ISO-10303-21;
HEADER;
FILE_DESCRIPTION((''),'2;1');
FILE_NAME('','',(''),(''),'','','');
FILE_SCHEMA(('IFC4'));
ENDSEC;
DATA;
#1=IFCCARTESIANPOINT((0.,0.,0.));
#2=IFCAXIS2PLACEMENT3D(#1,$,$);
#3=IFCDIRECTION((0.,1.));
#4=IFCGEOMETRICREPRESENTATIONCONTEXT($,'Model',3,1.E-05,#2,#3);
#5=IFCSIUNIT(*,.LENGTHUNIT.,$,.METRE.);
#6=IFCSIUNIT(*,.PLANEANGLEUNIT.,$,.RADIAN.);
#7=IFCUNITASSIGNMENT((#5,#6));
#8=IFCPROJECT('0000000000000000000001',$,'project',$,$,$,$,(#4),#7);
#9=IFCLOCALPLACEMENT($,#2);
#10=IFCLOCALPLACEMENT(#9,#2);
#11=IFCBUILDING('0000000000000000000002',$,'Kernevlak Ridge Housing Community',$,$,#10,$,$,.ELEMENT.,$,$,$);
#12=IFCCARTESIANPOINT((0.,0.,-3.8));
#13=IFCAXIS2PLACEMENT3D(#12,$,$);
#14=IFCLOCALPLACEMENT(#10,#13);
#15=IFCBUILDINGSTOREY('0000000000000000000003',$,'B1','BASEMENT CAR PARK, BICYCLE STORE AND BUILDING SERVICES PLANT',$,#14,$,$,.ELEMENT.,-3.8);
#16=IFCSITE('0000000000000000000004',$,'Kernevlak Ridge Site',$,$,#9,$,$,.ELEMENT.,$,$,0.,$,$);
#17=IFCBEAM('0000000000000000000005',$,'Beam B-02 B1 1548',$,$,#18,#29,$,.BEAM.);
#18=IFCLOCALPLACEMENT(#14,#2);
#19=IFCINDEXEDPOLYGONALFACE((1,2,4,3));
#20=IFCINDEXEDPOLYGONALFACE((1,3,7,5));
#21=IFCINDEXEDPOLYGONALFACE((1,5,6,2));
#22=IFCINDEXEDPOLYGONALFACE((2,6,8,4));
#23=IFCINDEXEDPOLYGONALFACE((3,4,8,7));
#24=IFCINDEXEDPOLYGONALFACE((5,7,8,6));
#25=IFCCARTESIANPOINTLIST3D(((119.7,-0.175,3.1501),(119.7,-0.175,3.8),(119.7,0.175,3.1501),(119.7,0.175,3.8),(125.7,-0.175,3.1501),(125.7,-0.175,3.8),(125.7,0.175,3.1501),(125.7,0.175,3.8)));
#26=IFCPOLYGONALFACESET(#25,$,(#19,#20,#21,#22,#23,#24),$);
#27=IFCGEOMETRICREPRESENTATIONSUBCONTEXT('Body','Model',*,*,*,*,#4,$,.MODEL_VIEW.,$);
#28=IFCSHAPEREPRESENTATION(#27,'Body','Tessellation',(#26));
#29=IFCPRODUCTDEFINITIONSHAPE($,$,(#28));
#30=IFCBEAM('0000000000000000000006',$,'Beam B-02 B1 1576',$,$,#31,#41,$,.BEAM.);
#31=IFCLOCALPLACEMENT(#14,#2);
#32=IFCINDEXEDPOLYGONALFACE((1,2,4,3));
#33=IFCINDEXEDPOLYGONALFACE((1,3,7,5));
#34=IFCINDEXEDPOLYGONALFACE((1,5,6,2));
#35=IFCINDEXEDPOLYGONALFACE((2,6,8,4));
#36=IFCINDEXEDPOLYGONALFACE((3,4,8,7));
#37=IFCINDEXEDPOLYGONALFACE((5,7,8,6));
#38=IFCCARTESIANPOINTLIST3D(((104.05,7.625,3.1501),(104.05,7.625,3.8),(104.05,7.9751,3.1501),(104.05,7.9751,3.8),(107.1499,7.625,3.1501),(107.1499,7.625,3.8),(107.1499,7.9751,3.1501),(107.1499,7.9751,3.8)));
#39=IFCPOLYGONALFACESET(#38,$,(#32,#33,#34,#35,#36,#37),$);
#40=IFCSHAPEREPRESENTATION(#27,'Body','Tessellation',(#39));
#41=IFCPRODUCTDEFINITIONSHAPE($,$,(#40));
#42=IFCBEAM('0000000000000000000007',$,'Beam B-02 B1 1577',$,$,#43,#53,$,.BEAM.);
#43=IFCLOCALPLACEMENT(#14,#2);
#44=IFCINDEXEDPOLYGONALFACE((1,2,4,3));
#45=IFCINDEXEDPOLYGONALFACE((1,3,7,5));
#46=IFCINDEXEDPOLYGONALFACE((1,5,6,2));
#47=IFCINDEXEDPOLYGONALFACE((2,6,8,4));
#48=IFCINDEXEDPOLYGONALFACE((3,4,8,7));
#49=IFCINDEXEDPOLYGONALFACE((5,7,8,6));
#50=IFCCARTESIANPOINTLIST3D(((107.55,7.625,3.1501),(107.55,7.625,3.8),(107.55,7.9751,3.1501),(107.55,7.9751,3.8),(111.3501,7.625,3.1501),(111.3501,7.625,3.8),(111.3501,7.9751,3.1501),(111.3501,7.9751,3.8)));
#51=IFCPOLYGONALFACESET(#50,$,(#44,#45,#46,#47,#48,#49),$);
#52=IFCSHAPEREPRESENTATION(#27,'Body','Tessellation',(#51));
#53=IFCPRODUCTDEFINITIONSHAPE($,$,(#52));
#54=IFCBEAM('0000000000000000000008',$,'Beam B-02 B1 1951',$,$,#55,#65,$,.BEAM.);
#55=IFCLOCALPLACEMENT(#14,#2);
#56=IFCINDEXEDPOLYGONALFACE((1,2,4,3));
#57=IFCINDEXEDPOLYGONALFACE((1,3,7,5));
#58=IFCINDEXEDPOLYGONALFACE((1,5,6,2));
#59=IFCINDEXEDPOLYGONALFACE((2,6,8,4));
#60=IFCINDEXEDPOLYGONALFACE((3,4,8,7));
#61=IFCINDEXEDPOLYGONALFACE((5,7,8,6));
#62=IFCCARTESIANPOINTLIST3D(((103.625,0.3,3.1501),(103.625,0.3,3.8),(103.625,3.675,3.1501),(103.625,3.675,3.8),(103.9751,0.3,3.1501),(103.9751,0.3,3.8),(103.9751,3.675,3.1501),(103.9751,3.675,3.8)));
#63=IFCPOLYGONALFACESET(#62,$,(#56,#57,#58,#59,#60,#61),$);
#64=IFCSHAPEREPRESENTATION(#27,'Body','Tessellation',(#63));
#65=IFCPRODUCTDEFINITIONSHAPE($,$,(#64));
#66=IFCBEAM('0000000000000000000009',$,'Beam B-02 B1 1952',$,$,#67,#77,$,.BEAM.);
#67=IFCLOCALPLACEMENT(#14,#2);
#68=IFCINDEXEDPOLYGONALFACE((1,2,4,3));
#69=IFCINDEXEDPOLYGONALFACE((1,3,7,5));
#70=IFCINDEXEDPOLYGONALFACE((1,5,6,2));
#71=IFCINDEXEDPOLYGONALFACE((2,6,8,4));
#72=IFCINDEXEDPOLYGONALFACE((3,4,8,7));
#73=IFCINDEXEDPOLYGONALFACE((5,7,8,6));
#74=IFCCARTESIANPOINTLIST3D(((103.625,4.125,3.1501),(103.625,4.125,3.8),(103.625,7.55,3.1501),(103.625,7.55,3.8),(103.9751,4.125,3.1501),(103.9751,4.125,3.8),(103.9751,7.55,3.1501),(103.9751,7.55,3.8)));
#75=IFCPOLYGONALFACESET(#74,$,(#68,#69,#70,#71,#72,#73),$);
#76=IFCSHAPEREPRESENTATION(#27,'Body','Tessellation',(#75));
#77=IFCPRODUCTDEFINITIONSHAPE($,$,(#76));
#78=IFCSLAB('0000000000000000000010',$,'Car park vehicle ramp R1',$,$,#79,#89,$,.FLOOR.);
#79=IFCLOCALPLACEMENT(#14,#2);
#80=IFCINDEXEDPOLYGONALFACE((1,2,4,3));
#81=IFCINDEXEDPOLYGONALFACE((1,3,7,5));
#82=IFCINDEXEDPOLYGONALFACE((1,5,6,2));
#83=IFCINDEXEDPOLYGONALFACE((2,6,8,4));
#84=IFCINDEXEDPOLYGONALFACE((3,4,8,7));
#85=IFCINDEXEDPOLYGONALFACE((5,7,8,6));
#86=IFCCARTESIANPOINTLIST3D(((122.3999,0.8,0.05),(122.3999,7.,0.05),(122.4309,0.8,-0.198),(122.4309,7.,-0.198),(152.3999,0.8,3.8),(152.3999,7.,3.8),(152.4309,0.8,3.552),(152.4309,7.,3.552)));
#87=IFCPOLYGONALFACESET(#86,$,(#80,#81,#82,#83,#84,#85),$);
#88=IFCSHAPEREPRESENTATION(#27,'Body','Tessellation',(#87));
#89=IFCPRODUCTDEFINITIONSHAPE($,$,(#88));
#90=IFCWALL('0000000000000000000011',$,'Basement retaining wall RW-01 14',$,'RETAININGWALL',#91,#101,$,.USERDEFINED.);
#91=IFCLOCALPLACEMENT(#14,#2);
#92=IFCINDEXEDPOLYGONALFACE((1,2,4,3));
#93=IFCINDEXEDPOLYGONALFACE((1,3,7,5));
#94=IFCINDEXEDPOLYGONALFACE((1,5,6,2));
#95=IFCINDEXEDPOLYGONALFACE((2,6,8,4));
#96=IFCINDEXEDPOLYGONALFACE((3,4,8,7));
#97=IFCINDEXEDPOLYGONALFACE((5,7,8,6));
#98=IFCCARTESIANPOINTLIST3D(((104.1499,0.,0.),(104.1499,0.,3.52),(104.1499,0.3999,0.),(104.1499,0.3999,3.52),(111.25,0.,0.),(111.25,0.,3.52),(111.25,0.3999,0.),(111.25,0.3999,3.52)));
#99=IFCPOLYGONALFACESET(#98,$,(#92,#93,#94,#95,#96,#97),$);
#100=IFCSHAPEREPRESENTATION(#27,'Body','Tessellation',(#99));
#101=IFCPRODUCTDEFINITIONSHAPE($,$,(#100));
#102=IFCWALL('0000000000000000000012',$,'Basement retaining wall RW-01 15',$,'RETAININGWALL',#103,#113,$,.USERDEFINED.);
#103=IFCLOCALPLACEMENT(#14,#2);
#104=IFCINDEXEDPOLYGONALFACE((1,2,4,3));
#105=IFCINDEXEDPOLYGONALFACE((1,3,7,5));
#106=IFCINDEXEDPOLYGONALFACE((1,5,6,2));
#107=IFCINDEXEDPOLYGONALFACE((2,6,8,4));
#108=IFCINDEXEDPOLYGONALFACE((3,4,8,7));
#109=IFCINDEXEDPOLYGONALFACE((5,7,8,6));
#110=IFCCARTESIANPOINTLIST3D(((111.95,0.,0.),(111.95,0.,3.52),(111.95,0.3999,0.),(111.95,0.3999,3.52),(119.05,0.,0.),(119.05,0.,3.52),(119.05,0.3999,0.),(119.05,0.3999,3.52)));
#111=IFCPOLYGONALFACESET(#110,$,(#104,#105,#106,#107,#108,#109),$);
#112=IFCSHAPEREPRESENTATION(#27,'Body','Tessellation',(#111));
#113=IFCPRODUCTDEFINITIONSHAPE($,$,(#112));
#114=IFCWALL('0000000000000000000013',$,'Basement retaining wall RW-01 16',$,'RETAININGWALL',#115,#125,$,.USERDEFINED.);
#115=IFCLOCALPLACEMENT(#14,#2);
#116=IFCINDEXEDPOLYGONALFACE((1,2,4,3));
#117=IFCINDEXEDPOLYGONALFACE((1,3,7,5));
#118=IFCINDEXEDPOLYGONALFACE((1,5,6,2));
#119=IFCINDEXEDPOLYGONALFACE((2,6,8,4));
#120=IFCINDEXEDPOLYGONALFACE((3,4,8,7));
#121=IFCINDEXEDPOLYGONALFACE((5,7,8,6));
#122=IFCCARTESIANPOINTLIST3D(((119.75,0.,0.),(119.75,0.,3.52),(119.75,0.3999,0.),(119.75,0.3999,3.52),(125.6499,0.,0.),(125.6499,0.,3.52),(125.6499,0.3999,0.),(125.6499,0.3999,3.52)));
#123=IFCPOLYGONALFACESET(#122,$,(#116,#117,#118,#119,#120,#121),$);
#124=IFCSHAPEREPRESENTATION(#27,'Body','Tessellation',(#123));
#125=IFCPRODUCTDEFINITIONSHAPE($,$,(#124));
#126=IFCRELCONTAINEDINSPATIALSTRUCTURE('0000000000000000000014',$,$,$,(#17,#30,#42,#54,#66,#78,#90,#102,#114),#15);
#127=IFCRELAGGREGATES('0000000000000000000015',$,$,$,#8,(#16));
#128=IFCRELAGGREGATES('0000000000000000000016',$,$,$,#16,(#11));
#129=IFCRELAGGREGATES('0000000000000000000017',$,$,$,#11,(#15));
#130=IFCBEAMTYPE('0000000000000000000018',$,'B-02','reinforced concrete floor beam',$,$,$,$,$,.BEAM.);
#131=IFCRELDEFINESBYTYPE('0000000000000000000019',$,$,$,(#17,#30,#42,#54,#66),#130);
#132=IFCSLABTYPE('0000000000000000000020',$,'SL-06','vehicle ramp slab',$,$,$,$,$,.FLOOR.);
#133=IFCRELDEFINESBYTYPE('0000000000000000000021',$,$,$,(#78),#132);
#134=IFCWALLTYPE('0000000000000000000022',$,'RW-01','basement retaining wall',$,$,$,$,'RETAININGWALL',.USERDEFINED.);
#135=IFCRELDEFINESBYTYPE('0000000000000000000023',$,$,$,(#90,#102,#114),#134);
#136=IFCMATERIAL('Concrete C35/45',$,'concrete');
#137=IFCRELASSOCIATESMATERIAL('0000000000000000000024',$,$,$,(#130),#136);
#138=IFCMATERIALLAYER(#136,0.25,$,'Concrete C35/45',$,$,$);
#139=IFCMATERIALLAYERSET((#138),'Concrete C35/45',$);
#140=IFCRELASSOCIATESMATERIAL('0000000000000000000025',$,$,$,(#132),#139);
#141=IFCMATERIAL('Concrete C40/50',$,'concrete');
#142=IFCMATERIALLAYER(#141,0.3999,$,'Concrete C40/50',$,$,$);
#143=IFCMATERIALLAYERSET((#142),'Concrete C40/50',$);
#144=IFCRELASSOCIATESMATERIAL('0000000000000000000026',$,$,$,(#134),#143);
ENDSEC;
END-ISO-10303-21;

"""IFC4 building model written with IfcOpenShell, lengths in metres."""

from ifc_helpers import new_model, si_unit, direction, frame, frame_2d, origin, origin_2d, place, context, subcontext, project, spatial, polyline, rectangle, outline, extrude, material, layer, layer_set, material_profile, profile_set, type_object, element, save


model = new_model("IFC4")

# Units and contexts
model_context = context("Model", 3, precision=1e-05, world=origin(), true_north=direction((0.0, 1.0)))
body_context = subcontext(model_context, "Body", "Model", "MODEL_VIEW")
ifc_project = project(units=[si_unit("LENGTHUNIT", "METRE"), si_unit("PLANEANGLEUNIT", "RADIAN")], contexts=[model_context])

# Site, building, storey
site_placement = place(None, origin())
site = spatial("IfcSite", under=ifc_project, at=site_placement, Name="Kernevlak Ridge Site", CompositionType="ELEMENT", RefElevation=0.0)
building_placement = place(site_placement, origin())
building = spatial("IfcBuilding", under=site, at=building_placement, Name="Kernevlak Ridge Housing Community", CompositionType="ELEMENT")
storey_placement = place(building_placement, frame((0.0, 0.0, -3.8)))
storey = spatial("IfcBuildingStorey", under=building, at=storey_placement, Name="B1", Description="BASEMENT CAR PARK, BICYCLE STORE AND BUILDING SERVICES PLANT", CompositionType="ELEMENT", Elevation=-3.8)

# Shared definitions
ifc_material_1 = material(Name="Concrete C35/45", Category="concrete")

# Shared definitions
ifc_material_2 = material(Name="Concrete C40/50", Category="concrete")

# Beams
ifc_material_profile_1 = material_profile(ifc_material_1, rectangle(XDim=0.3501, YDim=0.6499, at=origin_2d()), Name="RC 350x650")
ifc_profile_set_1 = profile_set([ifc_material_profile_1], Name="Concrete C35/45")
beam_type_1 = type_object("IfcBeamType", Name="B-02", Description="reinforced concrete floor beam", PredefinedType="BEAM", material=ifc_profile_set_1)
beam_1_placement = place(storey_placement, frame((119.7, 0.0, 3.4751), z_axis=(1.0, 0.0, 0.0), x_axis=(0.0, 1.0, 0.0)))
element("IfcBeam", 1, at=beam_1_placement, inside=storey, type_object=beam_type_1, Name="Beam B-02 B1 1548", PredefinedType="BEAM", context=body_context, shape_type="SweptSolid", body=[
    extrude(rectangle(XDim=0.3501, YDim=0.6499, at=origin_2d()), origin(), (0.0, 0.0, 1.0), 6.0),
])
beam_2_placement = place(storey_placement, frame((104.05, 7.8, 3.4751), z_axis=(1.0, 0.0, 0.0), x_axis=(0.0, 1.0, 0.0)))
element("IfcBeam", 2, at=beam_2_placement, inside=storey, type_object=beam_type_1, Name="Beam B-02 B1 1576", PredefinedType="BEAM", context=body_context, shape_type="SweptSolid", body=[
    extrude(rectangle(XDim=0.3501, YDim=0.6499, at=origin_2d()), origin(), (0.0, 0.0, 1.0), 3.0999),
])
beam_3_placement = place(storey_placement, frame((107.55, 7.8, 3.4751), z_axis=(1.0, 0.0, 0.0), x_axis=(0.0, 1.0, 0.0)))
element("IfcBeam", 3, at=beam_3_placement, inside=storey, type_object=beam_type_1, Name="Beam B-02 B1 1577", PredefinedType="BEAM", context=body_context, shape_type="SweptSolid", body=[
    extrude(rectangle(XDim=0.3501, YDim=0.6499, at=origin_2d()), origin(), (0.0, 0.0, 1.0), 3.8),
])
beam_4_placement = place(storey_placement, frame((103.8, 0.3, 3.4751), z_axis=(0.0, 1.0, 0.0), x_axis=(-1.0, 0.0, 0.0)))
element("IfcBeam", 4, at=beam_4_placement, inside=storey, type_object=beam_type_1, Name="Beam B-02 B1 1951", PredefinedType="BEAM", context=body_context, shape_type="SweptSolid", body=[
    extrude(rectangle(XDim=0.3501, YDim=0.6499, at=origin_2d()), origin(), (0.0, 0.0, 1.0), 3.375),
])
beam_5_placement = place(storey_placement, frame((103.8, 4.125, 3.4751), z_axis=(0.0, 1.0, 0.0), x_axis=(-1.0, 0.0, 0.0)))
element("IfcBeam", 5, at=beam_5_placement, inside=storey, type_object=beam_type_1, Name="Beam B-02 B1 1952", PredefinedType="BEAM", context=body_context, shape_type="SweptSolid", body=[
    extrude(rectangle(XDim=0.3501, YDim=0.6499, at=origin_2d()), origin(), (0.0, 0.0, 1.0), 3.425),
])

# Slab
ifc_layer_1 = layer(ifc_material_1, 0.25, Name="Concrete C35/45")
ifc_layer_set_1 = layer_set([ifc_layer_1], Name="Concrete C35/45")
slab_type = type_object("IfcSlabType", Name="SL-06", Description="vehicle ramp slab", PredefinedType="FLOOR", material=ifc_layer_set_1)
slab_placement = place(storey_placement, frame((122.3999, 0.8, 0.05), z_axis=(-0.124035, 0.0, 0.992278), x_axis=(0.992278, 0.0, 0.124035)))
element("IfcSlab", 6, at=slab_placement, inside=storey, type_object=slab_type, Name="Car park vehicle ramp R1", PredefinedType="FLOOR", context=body_context, shape_type="SweptSolid", body=[
    extrude(outline(polyline([(0.0, 0.0), (30.2335, 0.0), (30.2335, 6.2), (0.0, 6.2), (0.0, 0.0)])), origin(), (0.0, 0.0, -1.0), 0.25),
])

# Walls
ifc_layer_2 = layer(ifc_material_2, 0.3999, Name="Concrete C40/50")
ifc_layer_set_2 = layer_set([ifc_layer_2], Name="Concrete C40/50")
wall_type = type_object("IfcWallType", Name="RW-01", Description="basement retaining wall", ElementType="RETAININGWALL", PredefinedType="USERDEFINED", material=ifc_layer_set_2)
for number, where, z_axis, x_axis, name in (
    (7, (104.1499, 0.2, 0.0), (0.0, 0.0, 1.0), (1.0, 0.0, 0.0), "Basement retaining wall RW-01 14"),
    (8, (111.95, 0.2, 0.0), (0.0, 0.0, 1.0), (1.0, 0.0, 0.0), "Basement retaining wall RW-01 15"),
):
    element("IfcWall", number, at=place(storey_placement, frame(where, z_axis=z_axis, x_axis=x_axis)), inside=storey, type_object=wall_type, Name=name, ObjectType="RETAININGWALL", PredefinedType="USERDEFINED", context=body_context, shape_type="SweptSolid", body=[
        extrude(rectangle(XDim=7.1001, YDim=0.3999, at=frame_2d((3.55, 0.0))), origin(), (0.0, 0.0, 1.0), 3.52),
    ])
wall_placement = place(storey_placement, frame((119.75, 0.2, 0.0), z_axis=(0.0, 0.0, 1.0), x_axis=(1.0, 0.0, 0.0)))
element("IfcWall", 9, at=wall_placement, inside=storey, type_object=wall_type, Name="Basement retaining wall RW-01 16", ObjectType="RETAININGWALL", PredefinedType="USERDEFINED", context=body_context, shape_type="SweptSolid", body=[
    extrude(rectangle(XDim=5.8999, YDim=0.3999, at=frame_2d((2.95, 0.0))), origin(), (0.0, 0.0, 1.0), 3.52),
])

save(model, "model.ifc")
